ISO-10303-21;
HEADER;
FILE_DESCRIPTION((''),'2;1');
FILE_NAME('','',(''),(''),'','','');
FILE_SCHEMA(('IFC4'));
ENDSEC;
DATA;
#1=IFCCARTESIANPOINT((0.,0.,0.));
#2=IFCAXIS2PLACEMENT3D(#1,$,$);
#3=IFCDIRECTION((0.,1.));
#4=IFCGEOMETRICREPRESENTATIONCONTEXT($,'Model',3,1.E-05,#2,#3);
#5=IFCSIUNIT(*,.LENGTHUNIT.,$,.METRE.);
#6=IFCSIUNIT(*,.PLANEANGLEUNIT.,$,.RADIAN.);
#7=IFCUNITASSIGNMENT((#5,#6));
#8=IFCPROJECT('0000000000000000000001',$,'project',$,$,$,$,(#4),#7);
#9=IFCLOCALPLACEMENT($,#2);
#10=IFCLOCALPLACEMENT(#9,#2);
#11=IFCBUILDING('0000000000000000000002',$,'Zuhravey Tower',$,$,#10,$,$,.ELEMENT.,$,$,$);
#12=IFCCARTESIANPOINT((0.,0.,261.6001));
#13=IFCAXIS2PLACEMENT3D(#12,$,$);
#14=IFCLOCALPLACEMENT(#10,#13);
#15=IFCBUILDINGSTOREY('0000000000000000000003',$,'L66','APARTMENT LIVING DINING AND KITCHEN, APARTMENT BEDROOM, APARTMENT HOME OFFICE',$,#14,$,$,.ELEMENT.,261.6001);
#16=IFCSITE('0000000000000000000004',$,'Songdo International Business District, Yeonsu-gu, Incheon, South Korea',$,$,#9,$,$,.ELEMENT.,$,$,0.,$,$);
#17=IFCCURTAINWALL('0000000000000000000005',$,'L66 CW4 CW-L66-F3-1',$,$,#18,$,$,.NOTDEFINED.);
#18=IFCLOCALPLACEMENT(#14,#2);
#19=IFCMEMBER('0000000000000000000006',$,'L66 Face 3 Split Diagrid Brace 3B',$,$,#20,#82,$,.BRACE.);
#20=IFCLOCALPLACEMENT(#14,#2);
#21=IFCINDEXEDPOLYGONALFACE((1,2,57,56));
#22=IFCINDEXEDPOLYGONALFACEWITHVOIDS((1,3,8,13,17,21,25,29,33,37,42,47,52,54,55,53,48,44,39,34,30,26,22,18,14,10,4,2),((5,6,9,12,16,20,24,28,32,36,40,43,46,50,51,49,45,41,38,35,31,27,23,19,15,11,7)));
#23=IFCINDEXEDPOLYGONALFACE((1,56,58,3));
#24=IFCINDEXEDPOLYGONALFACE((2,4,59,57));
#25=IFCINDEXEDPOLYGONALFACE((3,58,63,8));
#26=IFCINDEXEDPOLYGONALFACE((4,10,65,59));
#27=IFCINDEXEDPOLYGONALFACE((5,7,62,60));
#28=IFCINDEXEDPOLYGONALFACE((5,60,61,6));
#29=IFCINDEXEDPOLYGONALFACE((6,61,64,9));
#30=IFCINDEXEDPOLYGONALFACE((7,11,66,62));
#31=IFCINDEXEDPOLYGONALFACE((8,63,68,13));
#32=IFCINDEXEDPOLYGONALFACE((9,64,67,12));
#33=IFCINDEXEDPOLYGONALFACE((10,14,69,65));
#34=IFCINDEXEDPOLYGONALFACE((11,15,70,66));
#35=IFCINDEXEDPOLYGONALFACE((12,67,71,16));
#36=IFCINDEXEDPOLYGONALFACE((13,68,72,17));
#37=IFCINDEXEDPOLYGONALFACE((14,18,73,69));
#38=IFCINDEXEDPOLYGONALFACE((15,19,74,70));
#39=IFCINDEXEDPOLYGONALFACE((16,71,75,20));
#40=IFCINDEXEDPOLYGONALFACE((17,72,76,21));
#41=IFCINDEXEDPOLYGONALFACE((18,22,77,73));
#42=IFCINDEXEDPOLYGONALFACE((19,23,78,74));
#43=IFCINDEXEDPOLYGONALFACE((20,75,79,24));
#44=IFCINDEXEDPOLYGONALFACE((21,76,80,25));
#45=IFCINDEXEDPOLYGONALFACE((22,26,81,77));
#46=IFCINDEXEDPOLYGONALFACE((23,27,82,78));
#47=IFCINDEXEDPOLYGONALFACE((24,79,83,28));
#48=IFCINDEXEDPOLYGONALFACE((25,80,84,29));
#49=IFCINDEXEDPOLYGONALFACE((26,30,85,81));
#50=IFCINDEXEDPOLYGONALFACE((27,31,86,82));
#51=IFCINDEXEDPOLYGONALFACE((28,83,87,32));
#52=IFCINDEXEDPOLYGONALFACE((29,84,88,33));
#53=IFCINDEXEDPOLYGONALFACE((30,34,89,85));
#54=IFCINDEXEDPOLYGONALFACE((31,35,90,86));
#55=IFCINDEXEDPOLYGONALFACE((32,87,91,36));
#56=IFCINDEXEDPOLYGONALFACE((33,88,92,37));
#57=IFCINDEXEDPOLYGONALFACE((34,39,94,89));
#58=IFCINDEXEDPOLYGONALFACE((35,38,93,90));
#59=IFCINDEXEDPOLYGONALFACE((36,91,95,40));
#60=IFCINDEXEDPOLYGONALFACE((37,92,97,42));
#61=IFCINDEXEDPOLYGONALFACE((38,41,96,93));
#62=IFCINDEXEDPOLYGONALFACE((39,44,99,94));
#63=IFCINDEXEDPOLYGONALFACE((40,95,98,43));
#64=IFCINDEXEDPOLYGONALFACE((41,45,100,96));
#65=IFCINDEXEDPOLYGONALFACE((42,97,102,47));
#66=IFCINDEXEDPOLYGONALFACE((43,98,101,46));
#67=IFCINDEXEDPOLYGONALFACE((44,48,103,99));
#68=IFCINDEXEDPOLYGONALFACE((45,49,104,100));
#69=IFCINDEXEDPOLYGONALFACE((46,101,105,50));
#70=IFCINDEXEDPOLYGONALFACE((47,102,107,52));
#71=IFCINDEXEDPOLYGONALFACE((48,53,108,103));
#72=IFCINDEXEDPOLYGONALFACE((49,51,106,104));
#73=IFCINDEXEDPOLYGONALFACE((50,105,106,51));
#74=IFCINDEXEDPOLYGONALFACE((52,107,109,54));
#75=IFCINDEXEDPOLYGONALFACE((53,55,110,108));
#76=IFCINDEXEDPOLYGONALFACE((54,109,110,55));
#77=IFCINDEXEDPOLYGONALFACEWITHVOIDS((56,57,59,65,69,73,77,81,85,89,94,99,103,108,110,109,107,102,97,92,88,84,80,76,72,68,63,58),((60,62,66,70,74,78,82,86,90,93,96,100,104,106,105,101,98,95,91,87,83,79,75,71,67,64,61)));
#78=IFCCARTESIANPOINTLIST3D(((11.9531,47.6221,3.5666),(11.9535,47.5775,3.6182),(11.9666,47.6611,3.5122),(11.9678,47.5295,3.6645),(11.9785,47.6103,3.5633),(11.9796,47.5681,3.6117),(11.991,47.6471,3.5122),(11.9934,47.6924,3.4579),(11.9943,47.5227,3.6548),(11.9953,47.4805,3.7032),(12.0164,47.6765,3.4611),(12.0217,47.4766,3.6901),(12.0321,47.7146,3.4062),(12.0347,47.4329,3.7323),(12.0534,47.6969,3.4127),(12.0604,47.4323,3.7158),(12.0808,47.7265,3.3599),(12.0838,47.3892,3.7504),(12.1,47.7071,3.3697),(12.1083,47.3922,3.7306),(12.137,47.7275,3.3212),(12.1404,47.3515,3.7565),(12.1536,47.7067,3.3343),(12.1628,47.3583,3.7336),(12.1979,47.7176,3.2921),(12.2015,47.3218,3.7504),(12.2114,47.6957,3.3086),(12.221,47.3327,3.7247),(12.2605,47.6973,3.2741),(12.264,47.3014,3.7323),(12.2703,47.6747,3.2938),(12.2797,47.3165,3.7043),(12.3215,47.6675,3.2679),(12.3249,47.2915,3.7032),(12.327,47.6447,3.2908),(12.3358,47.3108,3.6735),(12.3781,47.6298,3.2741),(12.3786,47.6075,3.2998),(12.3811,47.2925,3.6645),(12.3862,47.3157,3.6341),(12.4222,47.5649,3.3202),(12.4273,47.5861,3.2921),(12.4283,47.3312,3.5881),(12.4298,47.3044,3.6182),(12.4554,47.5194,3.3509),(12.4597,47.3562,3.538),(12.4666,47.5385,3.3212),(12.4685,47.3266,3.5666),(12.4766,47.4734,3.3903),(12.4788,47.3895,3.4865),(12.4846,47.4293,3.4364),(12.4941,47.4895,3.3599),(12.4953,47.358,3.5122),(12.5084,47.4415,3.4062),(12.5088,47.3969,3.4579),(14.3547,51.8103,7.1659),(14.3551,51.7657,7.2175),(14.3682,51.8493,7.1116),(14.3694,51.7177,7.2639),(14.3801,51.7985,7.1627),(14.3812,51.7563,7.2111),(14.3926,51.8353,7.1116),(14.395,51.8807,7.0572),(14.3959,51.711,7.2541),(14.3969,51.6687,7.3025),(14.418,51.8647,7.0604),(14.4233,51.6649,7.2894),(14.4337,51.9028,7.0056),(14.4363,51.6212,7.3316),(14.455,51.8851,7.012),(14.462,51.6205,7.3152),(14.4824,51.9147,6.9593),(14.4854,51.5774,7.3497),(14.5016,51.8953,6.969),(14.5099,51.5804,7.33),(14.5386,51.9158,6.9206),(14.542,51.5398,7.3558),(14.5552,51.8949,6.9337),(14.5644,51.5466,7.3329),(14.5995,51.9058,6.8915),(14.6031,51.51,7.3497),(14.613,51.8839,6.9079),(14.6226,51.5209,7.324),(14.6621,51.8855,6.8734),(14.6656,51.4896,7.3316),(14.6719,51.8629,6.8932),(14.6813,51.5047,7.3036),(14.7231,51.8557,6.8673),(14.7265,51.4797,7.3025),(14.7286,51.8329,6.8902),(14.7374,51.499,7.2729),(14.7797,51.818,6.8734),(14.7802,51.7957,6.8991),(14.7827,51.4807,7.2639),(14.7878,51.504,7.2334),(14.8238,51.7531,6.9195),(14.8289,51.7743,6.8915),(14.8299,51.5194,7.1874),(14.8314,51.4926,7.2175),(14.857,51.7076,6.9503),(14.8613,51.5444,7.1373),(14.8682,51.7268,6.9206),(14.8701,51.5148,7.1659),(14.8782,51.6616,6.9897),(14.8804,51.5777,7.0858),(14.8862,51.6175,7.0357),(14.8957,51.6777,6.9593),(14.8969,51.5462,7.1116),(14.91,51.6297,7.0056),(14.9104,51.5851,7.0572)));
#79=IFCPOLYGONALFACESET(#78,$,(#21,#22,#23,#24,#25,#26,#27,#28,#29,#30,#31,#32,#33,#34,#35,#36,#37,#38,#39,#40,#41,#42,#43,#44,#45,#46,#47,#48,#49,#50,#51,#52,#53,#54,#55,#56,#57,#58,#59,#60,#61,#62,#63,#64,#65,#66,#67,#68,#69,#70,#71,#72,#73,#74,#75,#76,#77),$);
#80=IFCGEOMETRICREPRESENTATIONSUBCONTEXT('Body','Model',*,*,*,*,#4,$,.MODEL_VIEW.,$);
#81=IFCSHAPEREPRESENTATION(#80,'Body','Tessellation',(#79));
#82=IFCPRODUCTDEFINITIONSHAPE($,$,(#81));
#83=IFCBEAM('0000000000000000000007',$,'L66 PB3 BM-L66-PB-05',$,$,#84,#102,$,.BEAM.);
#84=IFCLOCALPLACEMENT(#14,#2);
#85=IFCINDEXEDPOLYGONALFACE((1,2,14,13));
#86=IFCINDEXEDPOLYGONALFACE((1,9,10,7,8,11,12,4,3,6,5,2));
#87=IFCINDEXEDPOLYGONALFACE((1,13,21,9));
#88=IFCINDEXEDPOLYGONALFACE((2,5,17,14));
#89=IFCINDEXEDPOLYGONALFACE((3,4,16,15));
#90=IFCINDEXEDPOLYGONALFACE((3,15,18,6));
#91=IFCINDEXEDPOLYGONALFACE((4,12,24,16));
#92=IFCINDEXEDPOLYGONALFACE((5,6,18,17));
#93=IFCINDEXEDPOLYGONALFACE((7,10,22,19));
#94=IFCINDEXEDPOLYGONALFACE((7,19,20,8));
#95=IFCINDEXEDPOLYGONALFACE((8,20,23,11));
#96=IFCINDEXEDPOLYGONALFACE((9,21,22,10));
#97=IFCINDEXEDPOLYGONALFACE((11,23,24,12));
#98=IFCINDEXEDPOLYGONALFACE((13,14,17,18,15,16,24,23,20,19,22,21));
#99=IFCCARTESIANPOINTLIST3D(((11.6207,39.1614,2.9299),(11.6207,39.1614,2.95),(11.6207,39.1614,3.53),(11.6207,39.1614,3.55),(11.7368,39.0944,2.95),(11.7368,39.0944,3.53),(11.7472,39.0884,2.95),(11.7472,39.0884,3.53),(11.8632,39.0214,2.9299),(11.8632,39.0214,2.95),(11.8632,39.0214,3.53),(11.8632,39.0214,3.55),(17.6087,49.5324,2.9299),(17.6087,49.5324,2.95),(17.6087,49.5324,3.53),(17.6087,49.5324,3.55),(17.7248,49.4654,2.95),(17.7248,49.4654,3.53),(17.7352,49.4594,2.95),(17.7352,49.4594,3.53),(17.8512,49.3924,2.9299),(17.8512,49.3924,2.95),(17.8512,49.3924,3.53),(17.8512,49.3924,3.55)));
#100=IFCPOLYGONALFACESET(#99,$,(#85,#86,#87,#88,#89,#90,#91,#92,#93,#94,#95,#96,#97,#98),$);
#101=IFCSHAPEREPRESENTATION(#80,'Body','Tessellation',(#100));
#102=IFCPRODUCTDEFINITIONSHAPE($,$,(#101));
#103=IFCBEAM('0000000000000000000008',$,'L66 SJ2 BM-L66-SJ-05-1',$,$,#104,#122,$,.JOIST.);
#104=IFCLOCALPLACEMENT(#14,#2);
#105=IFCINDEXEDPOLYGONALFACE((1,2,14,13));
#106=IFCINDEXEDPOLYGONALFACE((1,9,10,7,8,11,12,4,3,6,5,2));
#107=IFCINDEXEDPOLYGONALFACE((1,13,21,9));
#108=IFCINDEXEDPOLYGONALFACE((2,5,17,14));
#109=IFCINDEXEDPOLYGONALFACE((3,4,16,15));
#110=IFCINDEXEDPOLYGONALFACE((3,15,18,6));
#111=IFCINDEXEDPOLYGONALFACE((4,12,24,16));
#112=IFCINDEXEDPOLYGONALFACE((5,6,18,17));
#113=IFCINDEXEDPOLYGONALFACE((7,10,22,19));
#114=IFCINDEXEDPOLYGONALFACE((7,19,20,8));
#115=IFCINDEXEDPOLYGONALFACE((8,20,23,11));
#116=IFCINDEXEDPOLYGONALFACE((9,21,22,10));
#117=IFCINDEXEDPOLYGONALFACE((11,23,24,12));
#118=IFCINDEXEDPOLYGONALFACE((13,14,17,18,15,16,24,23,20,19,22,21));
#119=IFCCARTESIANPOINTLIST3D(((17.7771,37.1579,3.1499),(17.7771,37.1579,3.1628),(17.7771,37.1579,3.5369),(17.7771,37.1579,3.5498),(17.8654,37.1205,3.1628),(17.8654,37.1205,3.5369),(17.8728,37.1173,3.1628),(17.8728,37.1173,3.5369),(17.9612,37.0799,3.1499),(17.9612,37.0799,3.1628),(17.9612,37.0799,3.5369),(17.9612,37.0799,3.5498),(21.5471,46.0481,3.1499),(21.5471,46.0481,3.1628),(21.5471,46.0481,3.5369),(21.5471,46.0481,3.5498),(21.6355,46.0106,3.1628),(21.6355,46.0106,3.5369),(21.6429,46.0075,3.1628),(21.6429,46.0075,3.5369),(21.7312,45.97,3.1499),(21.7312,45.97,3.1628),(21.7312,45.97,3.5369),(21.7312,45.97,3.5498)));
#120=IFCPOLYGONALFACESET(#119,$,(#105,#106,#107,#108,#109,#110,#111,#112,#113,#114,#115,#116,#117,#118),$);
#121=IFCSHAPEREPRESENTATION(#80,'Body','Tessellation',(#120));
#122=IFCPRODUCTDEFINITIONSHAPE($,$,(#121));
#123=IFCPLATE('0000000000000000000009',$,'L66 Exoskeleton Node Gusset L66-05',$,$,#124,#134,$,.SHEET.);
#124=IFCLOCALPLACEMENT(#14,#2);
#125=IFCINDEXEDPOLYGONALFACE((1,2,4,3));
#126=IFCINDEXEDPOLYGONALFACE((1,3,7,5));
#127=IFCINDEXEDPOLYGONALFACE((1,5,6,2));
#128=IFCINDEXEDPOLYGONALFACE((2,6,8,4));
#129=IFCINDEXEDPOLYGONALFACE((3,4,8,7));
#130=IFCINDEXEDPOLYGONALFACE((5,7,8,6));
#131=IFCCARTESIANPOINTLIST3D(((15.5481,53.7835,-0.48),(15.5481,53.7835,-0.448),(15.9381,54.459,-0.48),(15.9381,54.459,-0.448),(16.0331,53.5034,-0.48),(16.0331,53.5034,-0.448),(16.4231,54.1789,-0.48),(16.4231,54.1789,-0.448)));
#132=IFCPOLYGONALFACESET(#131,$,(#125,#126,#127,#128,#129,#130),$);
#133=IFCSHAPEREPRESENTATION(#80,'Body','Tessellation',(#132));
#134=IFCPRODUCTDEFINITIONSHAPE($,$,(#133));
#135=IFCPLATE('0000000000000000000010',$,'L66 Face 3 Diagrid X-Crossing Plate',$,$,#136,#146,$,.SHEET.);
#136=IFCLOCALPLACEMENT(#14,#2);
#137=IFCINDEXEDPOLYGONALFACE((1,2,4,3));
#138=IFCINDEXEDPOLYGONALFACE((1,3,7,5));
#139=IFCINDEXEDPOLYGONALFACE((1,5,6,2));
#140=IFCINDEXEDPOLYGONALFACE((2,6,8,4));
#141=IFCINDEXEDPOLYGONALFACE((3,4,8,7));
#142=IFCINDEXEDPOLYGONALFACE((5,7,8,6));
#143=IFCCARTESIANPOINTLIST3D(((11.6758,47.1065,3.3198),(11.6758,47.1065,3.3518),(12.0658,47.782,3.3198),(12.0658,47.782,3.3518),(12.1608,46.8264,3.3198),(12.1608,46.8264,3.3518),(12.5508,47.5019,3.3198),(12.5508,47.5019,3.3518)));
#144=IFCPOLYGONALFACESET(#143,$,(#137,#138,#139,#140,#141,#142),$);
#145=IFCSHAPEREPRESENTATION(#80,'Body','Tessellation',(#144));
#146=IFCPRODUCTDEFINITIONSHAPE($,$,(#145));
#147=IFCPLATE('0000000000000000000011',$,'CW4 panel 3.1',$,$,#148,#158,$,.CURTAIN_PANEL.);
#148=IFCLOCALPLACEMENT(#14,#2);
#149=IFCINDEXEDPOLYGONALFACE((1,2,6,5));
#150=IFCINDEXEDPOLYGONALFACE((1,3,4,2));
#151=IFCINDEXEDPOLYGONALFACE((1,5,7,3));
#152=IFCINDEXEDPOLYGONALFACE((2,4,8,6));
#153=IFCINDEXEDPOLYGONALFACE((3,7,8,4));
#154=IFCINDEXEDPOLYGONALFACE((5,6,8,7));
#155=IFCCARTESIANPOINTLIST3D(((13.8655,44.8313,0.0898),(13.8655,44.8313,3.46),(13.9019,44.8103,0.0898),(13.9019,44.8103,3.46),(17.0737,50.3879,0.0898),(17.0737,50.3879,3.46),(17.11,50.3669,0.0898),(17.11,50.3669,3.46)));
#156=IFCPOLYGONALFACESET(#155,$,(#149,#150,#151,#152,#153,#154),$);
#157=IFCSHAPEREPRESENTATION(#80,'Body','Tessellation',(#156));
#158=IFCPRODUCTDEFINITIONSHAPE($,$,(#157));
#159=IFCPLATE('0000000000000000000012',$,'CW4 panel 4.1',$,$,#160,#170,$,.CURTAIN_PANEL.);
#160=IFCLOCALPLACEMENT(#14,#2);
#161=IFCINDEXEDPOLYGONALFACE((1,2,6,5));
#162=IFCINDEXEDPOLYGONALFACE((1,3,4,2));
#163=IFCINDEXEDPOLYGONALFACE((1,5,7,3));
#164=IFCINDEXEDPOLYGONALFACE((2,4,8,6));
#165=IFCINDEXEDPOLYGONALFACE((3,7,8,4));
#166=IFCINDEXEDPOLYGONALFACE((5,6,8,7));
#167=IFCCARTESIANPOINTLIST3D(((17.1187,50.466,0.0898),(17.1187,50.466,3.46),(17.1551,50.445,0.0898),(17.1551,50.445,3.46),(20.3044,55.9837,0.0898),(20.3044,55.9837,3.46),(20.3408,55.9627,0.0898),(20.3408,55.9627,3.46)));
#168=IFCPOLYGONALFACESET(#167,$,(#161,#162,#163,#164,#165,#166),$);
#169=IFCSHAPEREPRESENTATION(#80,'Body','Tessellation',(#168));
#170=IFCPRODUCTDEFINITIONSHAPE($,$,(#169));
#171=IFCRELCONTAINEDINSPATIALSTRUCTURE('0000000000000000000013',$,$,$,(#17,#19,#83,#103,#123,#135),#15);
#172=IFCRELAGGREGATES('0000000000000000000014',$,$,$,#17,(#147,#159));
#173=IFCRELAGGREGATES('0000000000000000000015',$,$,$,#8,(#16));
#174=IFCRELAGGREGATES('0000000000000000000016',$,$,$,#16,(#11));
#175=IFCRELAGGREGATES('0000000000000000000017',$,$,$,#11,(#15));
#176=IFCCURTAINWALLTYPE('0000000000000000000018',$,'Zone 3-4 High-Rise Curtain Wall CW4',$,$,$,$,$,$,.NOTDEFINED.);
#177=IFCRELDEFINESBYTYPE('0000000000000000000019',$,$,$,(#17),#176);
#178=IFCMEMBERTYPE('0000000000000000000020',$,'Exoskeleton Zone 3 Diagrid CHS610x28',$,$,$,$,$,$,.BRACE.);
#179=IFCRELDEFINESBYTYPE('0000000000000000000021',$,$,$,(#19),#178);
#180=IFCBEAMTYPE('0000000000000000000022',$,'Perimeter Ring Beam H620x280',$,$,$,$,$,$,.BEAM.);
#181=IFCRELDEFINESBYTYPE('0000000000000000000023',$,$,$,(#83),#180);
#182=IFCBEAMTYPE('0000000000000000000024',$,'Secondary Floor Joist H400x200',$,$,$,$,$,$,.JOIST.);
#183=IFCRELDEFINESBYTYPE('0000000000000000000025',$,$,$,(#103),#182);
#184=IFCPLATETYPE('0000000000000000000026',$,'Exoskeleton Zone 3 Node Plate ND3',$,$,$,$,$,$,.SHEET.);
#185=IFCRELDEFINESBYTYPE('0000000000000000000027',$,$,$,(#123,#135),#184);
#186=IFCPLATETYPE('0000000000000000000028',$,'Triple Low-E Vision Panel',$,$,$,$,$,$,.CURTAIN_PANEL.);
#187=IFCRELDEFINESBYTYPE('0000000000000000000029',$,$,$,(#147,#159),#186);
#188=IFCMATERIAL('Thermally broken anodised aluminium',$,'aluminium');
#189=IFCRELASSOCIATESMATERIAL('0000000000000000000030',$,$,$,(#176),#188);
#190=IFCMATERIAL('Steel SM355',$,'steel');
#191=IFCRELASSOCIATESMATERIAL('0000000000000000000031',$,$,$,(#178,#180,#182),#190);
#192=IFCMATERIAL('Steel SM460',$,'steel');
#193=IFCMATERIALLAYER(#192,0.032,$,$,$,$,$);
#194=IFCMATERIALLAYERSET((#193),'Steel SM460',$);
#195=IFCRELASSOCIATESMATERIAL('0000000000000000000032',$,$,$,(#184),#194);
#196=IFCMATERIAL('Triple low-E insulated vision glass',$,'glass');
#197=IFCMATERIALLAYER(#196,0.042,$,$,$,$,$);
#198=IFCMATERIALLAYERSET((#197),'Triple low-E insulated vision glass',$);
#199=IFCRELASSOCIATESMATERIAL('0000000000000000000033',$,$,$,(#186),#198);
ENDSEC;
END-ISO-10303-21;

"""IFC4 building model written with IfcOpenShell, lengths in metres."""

from ifc_helpers import new_model, si_unit, direction, frame, origin, origin_2d, place, context, subcontext, project, spatial, rectangle, hollow_circle, i_section, extrude, material, layer, layer_set, material_profile, profile_set, type_object, element, aggregate, save


model = new_model("IFC4")

# Units and contexts
model_context = context("Model", 3, precision=1e-05, world=origin(), true_north=direction((0.0, 1.0)))
body_context = subcontext(model_context, "Body", "Model", "MODEL_VIEW")
ifc_project = project(units=[si_unit("LENGTHUNIT", "METRE"), si_unit("PLANEANGLEUNIT", "RADIAN")], contexts=[model_context])

# Site, building, storey
site_placement = place(None, origin())
site = spatial("IfcSite", under=ifc_project, at=site_placement, Name="Songdo International Business District, Yeonsu-gu, Incheon, South Korea", CompositionType="ELEMENT", RefElevation=0.0)
building_placement = place(site_placement, origin())
building = spatial("IfcBuilding", under=site, at=building_placement, Name="Zuhravey Tower", CompositionType="ELEMENT")
storey_placement = place(building_placement, frame((0.0, 0.0, 261.6001)))
storey = spatial("IfcBuildingStorey", under=building, at=storey_placement, Name="L66", Description="APARTMENT LIVING DINING AND KITCHEN, APARTMENT BEDROOM, APARTMENT HOME OFFICE", CompositionType="ELEMENT", Elevation=261.6001)

# Curtain wall
ifc_material_1 = material(Name="Thermally broken anodised aluminium", Category="aluminium")
curtain_wall_type = type_object("IfcCurtainWallType", Name="Zone 3-4 High-Rise Curtain Wall CW4", PredefinedType="NOTDEFINED", material=ifc_material_1)
curtain_wall_1_placement = place(storey_placement, origin())
curtain_wall_1 = element("IfcCurtainWall", 1, at=curtain_wall_1_placement, inside=storey, type_object=curtain_wall_type, Name="L66 CW4 CW-L66-F3-1", PredefinedType="NOTDEFINED")

# Member
ifc_material_2 = material(Name="Steel SM355", Category="steel")
ifc_material_profile_1 = material_profile(ifc_material_2, hollow_circle(Radius=0.3047, WallThickness=0.0281, at=origin_2d()), Name="CHS-609.6x28")
ifc_profile_set_1 = profile_set([ifc_material_profile_1], Name="Steel SM355")
member_type_1 = type_object("IfcMemberType", Name="Exoskeleton Zone 3 Diagrid CHS610x28", PredefinedType="BRACE", material=ifc_profile_set_1)
member_1_placement = place(storey_placement, frame((12.231, 47.5095, 3.5122), z_axis=(0.398806, 0.695489, 0.597703), x_axis=(-0.867498, 0.49744, 0.0)))
element("IfcMember", 2, at=member_1_placement, inside=storey, type_object=member_type_1, Name="L66 Face 3 Split Diagrid Brace 3B", PredefinedType="BRACE", context=body_context, shape_type="SweptSolid", body=[
    extrude(hollow_circle(Radius=0.3047, WallThickness=0.0281, at=origin_2d()), origin(), (0.0, 0.0, 1.0), 6.022),
])

# Beams
ifc_material_profile_2 = material_profile(ifc_material_2, i_section(OverallWidth=0.28, OverallDepth=0.6201, WebThickness=0.012, FlangeThickness=0.02, at=origin_2d()), Name="H-620x280x12x20")
ifc_profile_set_2 = profile_set([ifc_material_profile_2], Name="Steel SM355")
beam_type_1 = type_object("IfcBeamType", Name="Perimeter Ring Beam H620x280", PredefinedType="BEAM", material=ifc_profile_set_2)
beam_1_placement = place(storey_placement, frame((17.73, 49.4624, 3.24), z_axis=(-0.500018, -0.866015, 0.0), x_axis=(0.866015, -0.500018, 0.0)))
element("IfcBeam", 3, at=beam_1_placement, inside=storey, type_object=beam_type_1, Name="L66 PB3 BM-L66-PB-05", PredefinedType="BEAM", context=body_context, shape_type="SweptSolid", body=[
    extrude(i_section(OverallWidth=0.28, OverallDepth=0.6201, WebThickness=0.012, FlangeThickness=0.02, at=origin_2d()), origin(), (0.0, 0.0, 1.0), 11.9756),
])
ifc_material_profile_3 = material_profile(ifc_material_2, i_section(OverallWidth=0.2, OverallDepth=0.3999, WebThickness=0.0081, FlangeThickness=0.0129, at=origin_2d()), Name="H-400x200x8x13")
ifc_profile_set_3 = profile_set([ifc_material_profile_3], Name="Steel SM355")
beam_type_2 = type_object("IfcBeamType", Name="Secondary Floor Joist H400x200", PredefinedType="JOIST", material=ifc_profile_set_3)
beam_2_placement = place(storey_placement, frame((21.6392, 46.009, 3.3499), z_axis=(-0.390413, -0.92064, 0.0), x_axis=(0.92064, -0.390413, 0.0)))
element("IfcBeam", 4, at=beam_2_placement, inside=storey, type_object=beam_type_2, Name="L66 SJ2 BM-L66-SJ-05-1", PredefinedType="JOIST", context=body_context, shape_type="SweptSolid", body=[
    extrude(i_section(OverallWidth=0.2, OverallDepth=0.3999, WebThickness=0.0081, FlangeThickness=0.0129, at=origin_2d()), origin(), (0.0, 0.0, 1.0), 9.6565),
])

# Plates
ifc_material_3 = material(Name="Steel SM460", Category="steel")
ifc_layer_1 = layer(ifc_material_3, 0.032)
ifc_layer_set_1 = layer_set([ifc_layer_1], Name="Steel SM460")
plate_type_1 = type_object("IfcPlateType", Name="Exoskeleton Zone 3 Node Plate ND3", PredefinedType="SHEET", material=ifc_layer_set_1)
for number, where, z_axis, x_axis, name in (
    (5, (15.9856, 53.9812, -0.48), (0.0, 0.0, 1.0), (-0.5, -0.866025, 0.0), "L66 Exoskeleton Node Gusset L66-05"),
    (6, (12.1133, 47.3042, 3.3198), (0.0, 0.0, 1.0), (-0.5, -0.866025, 0.0), "L66 Face 3 Diagrid X-Crossing Plate"),
):
    element("IfcPlate", number, at=place(storey_placement, frame(where, z_axis=z_axis, x_axis=x_axis)), inside=storey, type_object=plate_type_1, Name=name, PredefinedType="SHEET", context=body_context, shape_type="SweptSolid", body=[
        extrude(rectangle(XDim=0.78, YDim=0.5601, at=origin_2d()), origin(), (0.0, 0.0, 1.0), 0.032),
    ])

# Plates
ifc_material_4 = material(Name="Triple low-E insulated vision glass", Category="glass")
ifc_layer_2 = layer(ifc_material_4, 0.042)
ifc_layer_set_2 = layer_set([ifc_layer_2], Name="Triple low-E insulated vision glass")
plate_type_2 = type_object("IfcPlateType", Name="Triple Low-E Vision Panel", PredefinedType="CURTAIN_PANEL", material=ifc_layer_set_2)
plate_1_placement = place(storey_placement, frame((15.4878, 47.5991, 0.0898), z_axis=(0.0, 0.0, 1.0), x_axis=(0.500001, 0.866025, 0.0)))
plate_1 = element("IfcPlate", 7, at=plate_1_placement, type_object=plate_type_2, Name="CW4 panel 3.1", PredefinedType="CURTAIN_PANEL", context=body_context, shape_type="SweptSolid", body=[
    extrude(rectangle(XDim=6.4163, YDim=0.042, at=origin_2d()), origin(), (0.0, 0.0, 1.0), 3.3701),
])
plate_2_placement = place(storey_placement, frame((18.7297, 53.2144, 0.0898), z_axis=(0.0, 0.0, 1.0), x_axis=(0.500001, 0.866025, 0.0)))
plate_2 = element("IfcPlate", 8, at=plate_2_placement, type_object=plate_type_2, Name="CW4 panel 4.1", PredefinedType="CURTAIN_PANEL", context=body_context, shape_type="SweptSolid", body=[
    extrude(rectangle(XDim=6.3713, YDim=0.042, at=origin_2d()), origin(), (0.0, 0.0, 1.0), 3.3701),
])
aggregate(curtain_wall_1, [plate_1, plate_2])

save(model, "model.ifc")
